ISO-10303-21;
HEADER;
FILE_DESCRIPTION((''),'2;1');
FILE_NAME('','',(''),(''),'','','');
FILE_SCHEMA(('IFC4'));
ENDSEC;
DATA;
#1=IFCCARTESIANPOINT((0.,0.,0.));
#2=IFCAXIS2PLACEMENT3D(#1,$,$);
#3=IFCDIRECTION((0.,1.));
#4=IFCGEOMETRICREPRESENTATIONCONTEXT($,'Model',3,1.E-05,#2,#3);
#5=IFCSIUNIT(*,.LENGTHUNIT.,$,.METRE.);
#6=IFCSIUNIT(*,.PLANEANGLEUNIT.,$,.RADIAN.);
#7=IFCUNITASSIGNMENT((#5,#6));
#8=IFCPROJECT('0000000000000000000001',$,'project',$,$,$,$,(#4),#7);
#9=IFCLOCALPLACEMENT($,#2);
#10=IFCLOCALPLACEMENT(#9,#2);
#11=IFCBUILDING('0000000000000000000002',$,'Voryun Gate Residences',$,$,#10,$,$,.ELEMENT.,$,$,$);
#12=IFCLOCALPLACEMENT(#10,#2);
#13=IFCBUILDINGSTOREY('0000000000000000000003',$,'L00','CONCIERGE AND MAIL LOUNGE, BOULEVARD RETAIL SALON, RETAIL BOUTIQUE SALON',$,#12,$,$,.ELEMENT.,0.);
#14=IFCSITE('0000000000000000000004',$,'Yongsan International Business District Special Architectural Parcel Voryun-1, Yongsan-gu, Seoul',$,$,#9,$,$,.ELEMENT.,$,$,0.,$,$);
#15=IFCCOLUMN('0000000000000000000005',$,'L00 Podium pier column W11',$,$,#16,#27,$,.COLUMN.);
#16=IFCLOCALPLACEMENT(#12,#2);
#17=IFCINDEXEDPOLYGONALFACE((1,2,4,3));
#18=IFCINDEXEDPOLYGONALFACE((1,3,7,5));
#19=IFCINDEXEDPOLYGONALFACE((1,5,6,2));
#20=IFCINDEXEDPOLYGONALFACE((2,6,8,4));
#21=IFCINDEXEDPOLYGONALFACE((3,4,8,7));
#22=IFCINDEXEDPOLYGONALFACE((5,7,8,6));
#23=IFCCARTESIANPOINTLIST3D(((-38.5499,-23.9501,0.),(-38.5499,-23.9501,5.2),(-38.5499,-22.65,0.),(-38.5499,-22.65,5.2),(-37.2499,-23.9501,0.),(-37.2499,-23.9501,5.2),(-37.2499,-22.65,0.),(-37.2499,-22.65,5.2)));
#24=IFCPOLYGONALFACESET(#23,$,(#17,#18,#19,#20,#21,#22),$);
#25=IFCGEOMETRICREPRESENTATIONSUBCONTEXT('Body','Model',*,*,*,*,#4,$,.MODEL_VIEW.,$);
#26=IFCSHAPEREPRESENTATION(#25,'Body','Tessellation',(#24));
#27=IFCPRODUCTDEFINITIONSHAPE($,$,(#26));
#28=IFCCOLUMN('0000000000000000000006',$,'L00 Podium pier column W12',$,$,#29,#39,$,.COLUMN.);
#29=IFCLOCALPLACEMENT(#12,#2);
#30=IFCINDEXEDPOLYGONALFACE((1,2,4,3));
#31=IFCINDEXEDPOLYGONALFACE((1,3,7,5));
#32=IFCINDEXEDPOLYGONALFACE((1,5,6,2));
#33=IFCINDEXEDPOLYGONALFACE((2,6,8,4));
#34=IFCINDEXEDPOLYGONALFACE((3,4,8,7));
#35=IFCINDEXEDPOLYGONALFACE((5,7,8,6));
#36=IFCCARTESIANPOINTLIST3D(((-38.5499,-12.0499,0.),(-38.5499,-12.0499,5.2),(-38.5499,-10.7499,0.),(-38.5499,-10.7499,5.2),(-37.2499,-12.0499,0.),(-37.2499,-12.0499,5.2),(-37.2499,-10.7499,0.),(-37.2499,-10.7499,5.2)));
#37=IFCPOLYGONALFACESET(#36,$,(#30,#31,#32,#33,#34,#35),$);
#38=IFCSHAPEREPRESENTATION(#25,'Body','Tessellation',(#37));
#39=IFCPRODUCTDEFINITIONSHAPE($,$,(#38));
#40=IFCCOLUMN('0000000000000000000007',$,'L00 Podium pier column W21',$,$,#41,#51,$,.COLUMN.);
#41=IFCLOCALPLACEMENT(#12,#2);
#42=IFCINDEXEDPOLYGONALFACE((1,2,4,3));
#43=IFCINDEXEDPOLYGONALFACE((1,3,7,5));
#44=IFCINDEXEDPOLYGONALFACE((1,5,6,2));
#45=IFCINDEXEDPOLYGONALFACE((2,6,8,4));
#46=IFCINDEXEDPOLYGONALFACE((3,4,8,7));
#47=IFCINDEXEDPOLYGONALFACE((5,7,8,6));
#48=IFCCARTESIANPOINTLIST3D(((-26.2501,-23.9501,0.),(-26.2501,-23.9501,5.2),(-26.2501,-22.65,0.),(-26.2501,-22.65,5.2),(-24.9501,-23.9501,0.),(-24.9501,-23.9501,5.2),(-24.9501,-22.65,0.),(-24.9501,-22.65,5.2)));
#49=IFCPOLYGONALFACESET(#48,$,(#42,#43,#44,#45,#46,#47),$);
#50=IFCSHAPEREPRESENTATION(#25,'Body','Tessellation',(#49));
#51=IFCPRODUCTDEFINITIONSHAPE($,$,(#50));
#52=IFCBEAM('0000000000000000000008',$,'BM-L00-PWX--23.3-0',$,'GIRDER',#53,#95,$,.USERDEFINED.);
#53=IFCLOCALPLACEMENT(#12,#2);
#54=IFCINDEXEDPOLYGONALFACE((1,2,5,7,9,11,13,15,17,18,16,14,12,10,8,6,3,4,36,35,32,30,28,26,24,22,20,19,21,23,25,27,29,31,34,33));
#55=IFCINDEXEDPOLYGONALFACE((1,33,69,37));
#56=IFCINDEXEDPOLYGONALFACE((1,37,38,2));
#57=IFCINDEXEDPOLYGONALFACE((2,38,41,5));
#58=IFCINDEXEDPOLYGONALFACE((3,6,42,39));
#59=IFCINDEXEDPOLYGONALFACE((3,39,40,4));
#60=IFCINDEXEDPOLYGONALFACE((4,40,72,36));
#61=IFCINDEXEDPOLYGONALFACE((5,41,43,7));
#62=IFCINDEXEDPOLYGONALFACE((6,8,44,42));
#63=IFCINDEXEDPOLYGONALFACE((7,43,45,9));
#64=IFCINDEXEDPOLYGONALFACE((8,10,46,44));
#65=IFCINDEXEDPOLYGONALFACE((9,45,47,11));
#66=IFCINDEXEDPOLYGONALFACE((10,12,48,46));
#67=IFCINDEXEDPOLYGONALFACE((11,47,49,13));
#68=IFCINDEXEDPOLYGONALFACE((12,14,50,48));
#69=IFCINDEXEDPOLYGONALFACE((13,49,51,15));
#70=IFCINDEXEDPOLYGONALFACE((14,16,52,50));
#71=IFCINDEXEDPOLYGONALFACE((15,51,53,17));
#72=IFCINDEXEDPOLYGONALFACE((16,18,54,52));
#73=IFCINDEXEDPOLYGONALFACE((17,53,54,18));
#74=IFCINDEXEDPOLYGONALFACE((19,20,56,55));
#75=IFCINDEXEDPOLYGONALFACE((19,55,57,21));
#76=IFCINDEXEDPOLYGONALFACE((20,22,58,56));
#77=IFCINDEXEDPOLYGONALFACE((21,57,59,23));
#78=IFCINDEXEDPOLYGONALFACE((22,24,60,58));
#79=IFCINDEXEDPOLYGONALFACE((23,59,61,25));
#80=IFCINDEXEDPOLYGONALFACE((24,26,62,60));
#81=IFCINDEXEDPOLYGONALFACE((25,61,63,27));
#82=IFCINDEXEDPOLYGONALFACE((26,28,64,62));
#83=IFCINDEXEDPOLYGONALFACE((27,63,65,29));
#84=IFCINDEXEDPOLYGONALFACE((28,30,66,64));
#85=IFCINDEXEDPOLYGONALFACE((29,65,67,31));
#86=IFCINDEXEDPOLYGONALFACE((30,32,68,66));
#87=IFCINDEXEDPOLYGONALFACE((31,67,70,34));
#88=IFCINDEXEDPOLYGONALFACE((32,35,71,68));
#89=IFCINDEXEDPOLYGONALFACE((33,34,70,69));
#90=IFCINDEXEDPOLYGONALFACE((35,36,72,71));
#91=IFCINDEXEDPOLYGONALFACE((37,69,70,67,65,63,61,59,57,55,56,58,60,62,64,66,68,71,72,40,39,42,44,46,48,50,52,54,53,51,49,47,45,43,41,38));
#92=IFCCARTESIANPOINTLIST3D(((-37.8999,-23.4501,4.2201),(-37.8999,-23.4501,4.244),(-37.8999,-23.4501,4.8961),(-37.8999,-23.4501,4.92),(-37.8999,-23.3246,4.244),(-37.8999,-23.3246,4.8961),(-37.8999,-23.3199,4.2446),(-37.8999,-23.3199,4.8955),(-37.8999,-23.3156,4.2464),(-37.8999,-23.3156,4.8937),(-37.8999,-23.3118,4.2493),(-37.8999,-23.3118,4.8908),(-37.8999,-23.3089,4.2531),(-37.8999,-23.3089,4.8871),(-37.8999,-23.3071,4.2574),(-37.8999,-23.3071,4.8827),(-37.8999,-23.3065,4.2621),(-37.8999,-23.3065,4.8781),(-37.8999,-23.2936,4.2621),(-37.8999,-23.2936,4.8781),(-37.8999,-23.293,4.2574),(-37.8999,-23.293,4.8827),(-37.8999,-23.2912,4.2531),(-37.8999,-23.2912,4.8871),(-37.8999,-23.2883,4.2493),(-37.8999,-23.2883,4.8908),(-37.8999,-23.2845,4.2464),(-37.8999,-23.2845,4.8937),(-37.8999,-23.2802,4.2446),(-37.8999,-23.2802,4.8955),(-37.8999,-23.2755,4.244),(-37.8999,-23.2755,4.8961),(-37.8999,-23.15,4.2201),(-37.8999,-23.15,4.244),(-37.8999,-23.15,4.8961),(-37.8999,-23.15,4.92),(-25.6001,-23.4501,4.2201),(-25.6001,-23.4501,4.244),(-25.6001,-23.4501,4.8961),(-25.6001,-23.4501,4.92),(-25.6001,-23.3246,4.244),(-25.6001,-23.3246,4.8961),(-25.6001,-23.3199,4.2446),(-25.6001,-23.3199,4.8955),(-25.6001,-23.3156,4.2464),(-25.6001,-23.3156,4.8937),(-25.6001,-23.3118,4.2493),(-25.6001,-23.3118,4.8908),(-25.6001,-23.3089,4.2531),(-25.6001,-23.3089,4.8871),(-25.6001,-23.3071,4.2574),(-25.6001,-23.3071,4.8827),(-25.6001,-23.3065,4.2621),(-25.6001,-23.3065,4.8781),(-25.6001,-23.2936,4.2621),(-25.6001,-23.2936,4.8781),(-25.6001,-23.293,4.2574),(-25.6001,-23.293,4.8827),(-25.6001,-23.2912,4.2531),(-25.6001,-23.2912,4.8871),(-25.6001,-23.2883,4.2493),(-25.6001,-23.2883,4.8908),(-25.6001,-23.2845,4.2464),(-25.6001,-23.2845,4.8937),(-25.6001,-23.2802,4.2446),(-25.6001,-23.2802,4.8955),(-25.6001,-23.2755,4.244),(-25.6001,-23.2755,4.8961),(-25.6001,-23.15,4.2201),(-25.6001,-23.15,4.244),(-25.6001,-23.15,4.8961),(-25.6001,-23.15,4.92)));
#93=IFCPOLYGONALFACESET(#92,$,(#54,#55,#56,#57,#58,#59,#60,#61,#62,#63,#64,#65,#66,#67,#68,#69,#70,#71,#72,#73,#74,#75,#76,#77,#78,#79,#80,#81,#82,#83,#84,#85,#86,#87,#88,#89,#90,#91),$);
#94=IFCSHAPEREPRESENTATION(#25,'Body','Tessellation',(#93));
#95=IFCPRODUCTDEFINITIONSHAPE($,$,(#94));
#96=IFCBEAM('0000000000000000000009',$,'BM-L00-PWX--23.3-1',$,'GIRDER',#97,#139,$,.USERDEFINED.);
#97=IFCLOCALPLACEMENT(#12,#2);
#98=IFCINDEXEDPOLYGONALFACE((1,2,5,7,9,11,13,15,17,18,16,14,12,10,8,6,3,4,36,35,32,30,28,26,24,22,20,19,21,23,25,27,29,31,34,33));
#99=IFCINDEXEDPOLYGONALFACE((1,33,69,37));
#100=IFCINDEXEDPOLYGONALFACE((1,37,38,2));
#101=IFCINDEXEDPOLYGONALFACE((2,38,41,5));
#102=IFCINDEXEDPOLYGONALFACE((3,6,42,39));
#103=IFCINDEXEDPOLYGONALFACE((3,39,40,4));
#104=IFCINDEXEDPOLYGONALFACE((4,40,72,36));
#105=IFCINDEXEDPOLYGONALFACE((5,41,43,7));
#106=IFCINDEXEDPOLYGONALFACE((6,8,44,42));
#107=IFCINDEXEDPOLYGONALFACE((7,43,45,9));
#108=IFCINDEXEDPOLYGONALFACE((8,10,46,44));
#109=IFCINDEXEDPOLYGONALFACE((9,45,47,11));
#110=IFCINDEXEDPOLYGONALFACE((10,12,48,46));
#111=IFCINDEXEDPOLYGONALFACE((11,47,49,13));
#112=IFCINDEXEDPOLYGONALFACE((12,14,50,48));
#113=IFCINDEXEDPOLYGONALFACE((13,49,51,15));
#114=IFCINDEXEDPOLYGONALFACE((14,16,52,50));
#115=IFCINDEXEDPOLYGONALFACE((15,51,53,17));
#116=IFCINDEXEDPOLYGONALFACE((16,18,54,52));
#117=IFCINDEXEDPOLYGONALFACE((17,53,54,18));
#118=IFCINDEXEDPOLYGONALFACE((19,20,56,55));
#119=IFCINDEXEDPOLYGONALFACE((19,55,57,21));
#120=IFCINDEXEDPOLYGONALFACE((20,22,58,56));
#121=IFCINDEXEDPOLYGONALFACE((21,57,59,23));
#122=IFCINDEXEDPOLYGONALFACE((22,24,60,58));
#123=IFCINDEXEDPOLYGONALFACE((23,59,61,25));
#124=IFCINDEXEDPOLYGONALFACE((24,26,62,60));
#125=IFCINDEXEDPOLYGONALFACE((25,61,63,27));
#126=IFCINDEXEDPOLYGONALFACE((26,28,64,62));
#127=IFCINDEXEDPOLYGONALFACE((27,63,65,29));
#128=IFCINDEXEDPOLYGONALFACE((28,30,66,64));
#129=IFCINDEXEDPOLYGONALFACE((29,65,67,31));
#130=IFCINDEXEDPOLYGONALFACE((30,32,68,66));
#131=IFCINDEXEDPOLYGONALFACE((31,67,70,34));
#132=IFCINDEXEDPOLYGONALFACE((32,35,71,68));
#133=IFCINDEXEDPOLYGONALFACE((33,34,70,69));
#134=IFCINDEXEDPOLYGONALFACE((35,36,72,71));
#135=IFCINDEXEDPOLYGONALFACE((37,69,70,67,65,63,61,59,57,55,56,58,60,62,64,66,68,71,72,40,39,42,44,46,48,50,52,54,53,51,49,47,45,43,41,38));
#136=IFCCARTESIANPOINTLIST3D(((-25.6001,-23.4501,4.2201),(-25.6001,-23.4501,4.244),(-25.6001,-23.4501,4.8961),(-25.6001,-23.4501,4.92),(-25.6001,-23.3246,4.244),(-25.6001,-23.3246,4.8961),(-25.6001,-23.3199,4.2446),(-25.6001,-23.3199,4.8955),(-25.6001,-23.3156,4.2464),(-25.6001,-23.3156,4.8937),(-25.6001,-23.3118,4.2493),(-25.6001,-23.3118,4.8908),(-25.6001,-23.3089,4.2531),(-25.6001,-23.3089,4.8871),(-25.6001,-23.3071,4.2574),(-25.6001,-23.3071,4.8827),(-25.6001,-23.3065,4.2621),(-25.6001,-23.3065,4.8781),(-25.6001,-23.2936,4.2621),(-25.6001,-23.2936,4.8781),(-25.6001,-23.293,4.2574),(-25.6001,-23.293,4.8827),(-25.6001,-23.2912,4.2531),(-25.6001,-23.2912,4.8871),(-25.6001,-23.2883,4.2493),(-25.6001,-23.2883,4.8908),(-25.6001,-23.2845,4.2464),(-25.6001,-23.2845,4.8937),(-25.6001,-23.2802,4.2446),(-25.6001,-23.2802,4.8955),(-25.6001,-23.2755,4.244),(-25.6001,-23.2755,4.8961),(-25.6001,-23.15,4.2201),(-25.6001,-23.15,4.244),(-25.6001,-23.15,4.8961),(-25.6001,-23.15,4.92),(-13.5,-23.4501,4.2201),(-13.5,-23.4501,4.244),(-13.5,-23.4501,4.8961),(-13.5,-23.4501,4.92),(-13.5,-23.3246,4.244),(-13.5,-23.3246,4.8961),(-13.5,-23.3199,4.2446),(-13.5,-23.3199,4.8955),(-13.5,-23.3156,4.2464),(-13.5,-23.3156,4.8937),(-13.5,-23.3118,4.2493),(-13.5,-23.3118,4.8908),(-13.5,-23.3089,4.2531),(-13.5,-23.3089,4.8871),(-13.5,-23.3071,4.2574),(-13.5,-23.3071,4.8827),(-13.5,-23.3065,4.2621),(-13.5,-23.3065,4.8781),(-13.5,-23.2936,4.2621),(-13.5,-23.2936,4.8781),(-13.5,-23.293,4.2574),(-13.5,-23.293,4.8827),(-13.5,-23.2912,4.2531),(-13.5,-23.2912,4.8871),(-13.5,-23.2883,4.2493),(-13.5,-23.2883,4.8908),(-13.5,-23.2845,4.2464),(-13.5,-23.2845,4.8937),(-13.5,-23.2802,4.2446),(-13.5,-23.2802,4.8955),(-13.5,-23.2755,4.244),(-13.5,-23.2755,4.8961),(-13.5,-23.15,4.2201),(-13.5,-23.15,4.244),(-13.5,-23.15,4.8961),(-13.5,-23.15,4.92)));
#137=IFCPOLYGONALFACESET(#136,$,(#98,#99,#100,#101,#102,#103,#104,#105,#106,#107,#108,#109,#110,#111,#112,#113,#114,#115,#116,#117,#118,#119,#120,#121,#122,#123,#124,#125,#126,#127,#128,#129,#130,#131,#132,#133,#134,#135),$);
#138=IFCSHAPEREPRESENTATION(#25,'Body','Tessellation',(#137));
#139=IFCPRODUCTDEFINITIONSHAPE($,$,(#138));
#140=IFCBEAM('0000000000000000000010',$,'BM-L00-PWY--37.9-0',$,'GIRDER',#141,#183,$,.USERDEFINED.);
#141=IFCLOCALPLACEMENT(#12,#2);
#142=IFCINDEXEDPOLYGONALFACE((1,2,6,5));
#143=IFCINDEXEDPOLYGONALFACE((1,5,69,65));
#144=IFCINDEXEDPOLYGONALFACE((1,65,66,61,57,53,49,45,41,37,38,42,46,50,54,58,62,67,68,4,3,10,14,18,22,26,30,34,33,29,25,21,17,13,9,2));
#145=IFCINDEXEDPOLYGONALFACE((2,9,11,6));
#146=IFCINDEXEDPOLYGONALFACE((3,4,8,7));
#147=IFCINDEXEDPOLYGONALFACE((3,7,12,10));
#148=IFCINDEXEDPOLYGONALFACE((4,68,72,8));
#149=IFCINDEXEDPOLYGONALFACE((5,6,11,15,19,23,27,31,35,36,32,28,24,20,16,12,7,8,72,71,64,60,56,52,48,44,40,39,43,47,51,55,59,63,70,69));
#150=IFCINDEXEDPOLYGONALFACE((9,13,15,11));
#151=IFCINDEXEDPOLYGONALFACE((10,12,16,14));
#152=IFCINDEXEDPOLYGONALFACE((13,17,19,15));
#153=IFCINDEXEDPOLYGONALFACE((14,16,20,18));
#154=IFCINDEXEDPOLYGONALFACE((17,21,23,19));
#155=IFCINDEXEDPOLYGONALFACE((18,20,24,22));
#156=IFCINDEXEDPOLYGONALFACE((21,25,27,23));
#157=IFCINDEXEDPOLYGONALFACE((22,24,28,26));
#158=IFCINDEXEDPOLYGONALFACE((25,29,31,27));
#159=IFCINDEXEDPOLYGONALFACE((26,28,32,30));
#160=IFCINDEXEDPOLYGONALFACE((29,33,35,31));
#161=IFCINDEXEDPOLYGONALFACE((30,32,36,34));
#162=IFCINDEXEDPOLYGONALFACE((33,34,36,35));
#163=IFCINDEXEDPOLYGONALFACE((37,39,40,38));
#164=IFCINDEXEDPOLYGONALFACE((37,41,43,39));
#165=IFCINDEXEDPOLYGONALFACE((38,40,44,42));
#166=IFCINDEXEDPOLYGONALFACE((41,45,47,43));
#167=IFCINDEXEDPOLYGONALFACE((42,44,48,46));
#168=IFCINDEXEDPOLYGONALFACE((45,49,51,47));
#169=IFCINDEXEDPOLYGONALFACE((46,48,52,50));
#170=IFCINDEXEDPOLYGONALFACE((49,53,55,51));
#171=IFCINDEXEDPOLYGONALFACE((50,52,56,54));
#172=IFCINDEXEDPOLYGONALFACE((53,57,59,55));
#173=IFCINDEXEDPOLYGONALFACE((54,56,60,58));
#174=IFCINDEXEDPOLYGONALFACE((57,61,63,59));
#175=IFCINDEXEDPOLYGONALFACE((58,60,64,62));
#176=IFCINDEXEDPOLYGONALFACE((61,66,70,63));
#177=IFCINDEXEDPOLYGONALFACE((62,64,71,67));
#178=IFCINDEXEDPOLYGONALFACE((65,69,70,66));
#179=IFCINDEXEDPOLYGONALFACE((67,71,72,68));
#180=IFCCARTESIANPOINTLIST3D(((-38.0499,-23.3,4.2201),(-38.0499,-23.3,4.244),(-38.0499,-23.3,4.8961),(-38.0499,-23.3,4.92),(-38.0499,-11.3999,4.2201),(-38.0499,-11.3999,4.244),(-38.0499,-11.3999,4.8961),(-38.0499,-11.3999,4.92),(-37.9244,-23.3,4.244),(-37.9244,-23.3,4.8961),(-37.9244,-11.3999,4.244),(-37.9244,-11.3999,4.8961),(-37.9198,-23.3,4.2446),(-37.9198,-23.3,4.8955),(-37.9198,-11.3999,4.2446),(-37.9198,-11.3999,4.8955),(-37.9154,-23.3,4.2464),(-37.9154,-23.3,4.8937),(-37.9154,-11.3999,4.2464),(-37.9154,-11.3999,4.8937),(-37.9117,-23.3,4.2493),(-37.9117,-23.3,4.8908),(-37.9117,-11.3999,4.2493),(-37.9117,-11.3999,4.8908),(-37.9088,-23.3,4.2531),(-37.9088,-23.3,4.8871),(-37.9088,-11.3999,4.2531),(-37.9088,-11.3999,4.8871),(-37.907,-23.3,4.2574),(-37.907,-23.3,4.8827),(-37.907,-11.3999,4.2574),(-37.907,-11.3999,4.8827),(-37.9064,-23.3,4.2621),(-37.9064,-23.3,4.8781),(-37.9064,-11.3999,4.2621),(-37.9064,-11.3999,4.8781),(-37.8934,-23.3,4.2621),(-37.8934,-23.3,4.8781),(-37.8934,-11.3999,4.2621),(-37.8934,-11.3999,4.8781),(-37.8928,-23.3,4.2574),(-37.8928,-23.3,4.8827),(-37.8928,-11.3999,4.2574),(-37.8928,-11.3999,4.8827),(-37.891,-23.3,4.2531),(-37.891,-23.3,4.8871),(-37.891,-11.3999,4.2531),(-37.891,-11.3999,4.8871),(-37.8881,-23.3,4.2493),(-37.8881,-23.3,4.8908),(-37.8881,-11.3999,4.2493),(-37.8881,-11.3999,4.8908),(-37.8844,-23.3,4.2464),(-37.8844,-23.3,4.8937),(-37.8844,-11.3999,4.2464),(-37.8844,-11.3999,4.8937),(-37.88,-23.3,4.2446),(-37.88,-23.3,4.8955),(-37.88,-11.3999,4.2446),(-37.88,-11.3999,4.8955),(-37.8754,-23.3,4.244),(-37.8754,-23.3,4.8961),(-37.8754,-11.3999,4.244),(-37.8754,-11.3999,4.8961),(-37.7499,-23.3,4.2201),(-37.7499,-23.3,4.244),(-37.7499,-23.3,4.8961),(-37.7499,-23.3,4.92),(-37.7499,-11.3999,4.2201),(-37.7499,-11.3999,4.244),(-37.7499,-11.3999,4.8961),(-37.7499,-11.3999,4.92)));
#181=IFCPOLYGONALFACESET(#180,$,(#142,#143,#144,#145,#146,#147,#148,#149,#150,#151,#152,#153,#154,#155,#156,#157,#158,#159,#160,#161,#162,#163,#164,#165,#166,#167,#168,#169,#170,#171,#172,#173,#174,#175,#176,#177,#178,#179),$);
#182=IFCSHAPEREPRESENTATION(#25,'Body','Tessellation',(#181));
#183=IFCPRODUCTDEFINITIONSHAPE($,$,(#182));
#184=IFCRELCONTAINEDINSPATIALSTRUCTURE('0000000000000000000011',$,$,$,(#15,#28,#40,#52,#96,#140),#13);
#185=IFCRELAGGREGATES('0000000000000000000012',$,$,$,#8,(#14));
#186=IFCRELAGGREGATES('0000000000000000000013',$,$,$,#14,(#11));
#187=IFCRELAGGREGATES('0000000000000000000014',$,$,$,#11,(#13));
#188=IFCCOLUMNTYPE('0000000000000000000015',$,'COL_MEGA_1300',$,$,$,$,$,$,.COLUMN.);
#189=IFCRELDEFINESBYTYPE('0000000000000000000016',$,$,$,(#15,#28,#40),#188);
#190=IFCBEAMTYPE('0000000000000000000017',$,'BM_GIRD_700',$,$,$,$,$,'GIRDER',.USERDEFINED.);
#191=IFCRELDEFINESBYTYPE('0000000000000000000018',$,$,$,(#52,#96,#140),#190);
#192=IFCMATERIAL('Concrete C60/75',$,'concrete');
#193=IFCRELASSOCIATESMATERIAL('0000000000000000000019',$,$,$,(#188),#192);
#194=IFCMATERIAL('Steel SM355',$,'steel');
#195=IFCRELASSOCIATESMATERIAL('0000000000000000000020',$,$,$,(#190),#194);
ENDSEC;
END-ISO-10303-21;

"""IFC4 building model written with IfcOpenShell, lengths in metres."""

from ifc_helpers import new_model, si_unit, direction, frame, origin, origin_2d, place, context, subcontext, project, spatial, rectangle, i_section, extrude, material, material_profile, profile_set, type_object, element, save


model = new_model("IFC4")

# Units and contexts
model_context = context("Model", 3, precision=1e-05, world=origin(), true_north=direction((0.0, 1.0)))
body_context = subcontext(model_context, "Body", "Model", "MODEL_VIEW")
ifc_project = project(units=[si_unit("LENGTHUNIT", "METRE"), si_unit("PLANEANGLEUNIT", "RADIAN")], contexts=[model_context])

# Site, building, storey
site_placement = place(None, origin())
site = spatial("IfcSite", under=ifc_project, at=site_placement, Name="Yongsan International Business District Special Architectural Parcel Voryun-1, Yongsan-gu, Seoul", CompositionType="ELEMENT", RefElevation=0.0)
building_placement = place(site_placement, origin())
building = spatial("IfcBuilding", under=site, at=building_placement, Name="Voryun Gate Residences", CompositionType="ELEMENT")
storey_placement = place(building_placement, origin())
storey = spatial("IfcBuildingStorey", under=building, at=storey_placement, Name="L00", Description="CONCIERGE AND MAIL LOUNGE, BOULEVARD RETAIL SALON, RETAIL BOUTIQUE SALON", CompositionType="ELEMENT", Elevation=0.0)

# Columns
ifc_material_1 = material(Name="Concrete C60/75", Category="concrete")
ifc_material_profile_1 = material_profile(ifc_material_1, rectangle(XDim=1.3, YDim=1.3, at=origin_2d()), Name="RC-1300x1300")
ifc_profile_set_1 = profile_set([ifc_material_profile_1], Name="Concrete C60/75")
column_type = type_object("IfcColumnType", Name="COL_MEGA_1300", PredefinedType="COLUMN", material=ifc_profile_set_1)
for number, where, z_axis, x_axis, name in (
    (1, (-37.8999, -23.3, 0.0), (0.0, 0.0, 1.0), (1.0, 0.0, 0.0), "L00 Podium pier column W11"),
    (2, (-37.8999, -11.3999, 0.0), (0.0, 0.0, 1.0), (1.0, 0.0, 0.0), "L00 Podium pier column W12"),
    (3, (-25.6001, -23.3, 0.0), (0.0, 0.0, 1.0), (1.0, 0.0, 0.0), "L00 Podium pier column W21"),
):
    element("IfcColumn", number, at=place(storey_placement, frame(where, z_axis=z_axis, x_axis=x_axis)), inside=storey, type_object=column_type, Name=name, PredefinedType="COLUMN", context=body_context, shape_type="SweptSolid", body=[
        extrude(rectangle(XDim=1.3, YDim=1.3, at=origin_2d()), origin(), (0.0, 0.0, 1.0), 5.2),
    ])

# Beams
ifc_material_2 = material(Name="Steel SM355", Category="steel")
ifc_material_profile_2 = material_profile(ifc_material_2, i_section(OverallWidth=0.3, OverallDepth=0.7, WebThickness=0.0129, FlangeThickness=0.0239, FilletRadius=0.0181, at=origin_2d()), Name="H-700x300x13x24")
ifc_profile_set_2 = profile_set([ifc_material_profile_2], Name="Steel SM355")
beam_type = type_object("IfcBeamType", Name="BM_GIRD_700", ElementType="GIRDER", PredefinedType="USERDEFINED", material=ifc_profile_set_2)
beam_1_placement = place(storey_placement, frame((-37.8999, -23.3, 4.5701), z_axis=(1.0, 0.0, 0.0), x_axis=(0.0, 1.0, 0.0)))
element("IfcBeam", 4, at=beam_1_placement, inside=storey, type_object=beam_type, Name="BM-L00-PWX--23.3-0", ObjectType="GIRDER", PredefinedType="USERDEFINED", context=body_context, shape_type="SweptSolid", body=[
    extrude(i_section(OverallWidth=0.3, OverallDepth=0.7, WebThickness=0.0129, FlangeThickness=0.0239, FilletRadius=0.0181, at=origin_2d()), origin(), (0.0, 0.0, 1.0), 12.2998),
])
beam_2_placement = place(storey_placement, frame((-25.6001, -23.3, 4.5701), z_axis=(1.0, 0.0, 0.0), x_axis=(0.0, 1.0, 0.0)))
element("IfcBeam", 5, at=beam_2_placement, inside=storey, type_object=beam_type, Name="BM-L00-PWX--23.3-1", ObjectType="GIRDER", PredefinedType="USERDEFINED", context=body_context, shape_type="SweptSolid", body=[
    extrude(i_section(OverallWidth=0.3, OverallDepth=0.7, WebThickness=0.0129, FlangeThickness=0.0239, FilletRadius=0.0181, at=origin_2d()), origin(), (0.0, 0.0, 1.0), 12.1001),
])
for number, where, z_axis, x_axis, name in (
    (6, (-37.8999, -23.3, 4.5701), (0.0, 1.0, 0.0), (-1.0, 0.0, 0.0), "BM-L00-PWY--37.9-0"),
):
    element("IfcBeam", number, at=place(storey_placement, frame(where, z_axis=z_axis, x_axis=x_axis)), inside=storey, type_object=beam_type, Name=name, ObjectType="GIRDER", PredefinedType="USERDEFINED", context=body_context, shape_type="SweptSolid", body=[
        extrude(i_section(OverallWidth=0.3, OverallDepth=0.7, WebThickness=0.0129, FlangeThickness=0.0239, FilletRadius=0.0181, at=origin_2d()), origin(), (0.0, 0.0, 1.0), 11.9001),
    ])

save(model, "model.ifc")
